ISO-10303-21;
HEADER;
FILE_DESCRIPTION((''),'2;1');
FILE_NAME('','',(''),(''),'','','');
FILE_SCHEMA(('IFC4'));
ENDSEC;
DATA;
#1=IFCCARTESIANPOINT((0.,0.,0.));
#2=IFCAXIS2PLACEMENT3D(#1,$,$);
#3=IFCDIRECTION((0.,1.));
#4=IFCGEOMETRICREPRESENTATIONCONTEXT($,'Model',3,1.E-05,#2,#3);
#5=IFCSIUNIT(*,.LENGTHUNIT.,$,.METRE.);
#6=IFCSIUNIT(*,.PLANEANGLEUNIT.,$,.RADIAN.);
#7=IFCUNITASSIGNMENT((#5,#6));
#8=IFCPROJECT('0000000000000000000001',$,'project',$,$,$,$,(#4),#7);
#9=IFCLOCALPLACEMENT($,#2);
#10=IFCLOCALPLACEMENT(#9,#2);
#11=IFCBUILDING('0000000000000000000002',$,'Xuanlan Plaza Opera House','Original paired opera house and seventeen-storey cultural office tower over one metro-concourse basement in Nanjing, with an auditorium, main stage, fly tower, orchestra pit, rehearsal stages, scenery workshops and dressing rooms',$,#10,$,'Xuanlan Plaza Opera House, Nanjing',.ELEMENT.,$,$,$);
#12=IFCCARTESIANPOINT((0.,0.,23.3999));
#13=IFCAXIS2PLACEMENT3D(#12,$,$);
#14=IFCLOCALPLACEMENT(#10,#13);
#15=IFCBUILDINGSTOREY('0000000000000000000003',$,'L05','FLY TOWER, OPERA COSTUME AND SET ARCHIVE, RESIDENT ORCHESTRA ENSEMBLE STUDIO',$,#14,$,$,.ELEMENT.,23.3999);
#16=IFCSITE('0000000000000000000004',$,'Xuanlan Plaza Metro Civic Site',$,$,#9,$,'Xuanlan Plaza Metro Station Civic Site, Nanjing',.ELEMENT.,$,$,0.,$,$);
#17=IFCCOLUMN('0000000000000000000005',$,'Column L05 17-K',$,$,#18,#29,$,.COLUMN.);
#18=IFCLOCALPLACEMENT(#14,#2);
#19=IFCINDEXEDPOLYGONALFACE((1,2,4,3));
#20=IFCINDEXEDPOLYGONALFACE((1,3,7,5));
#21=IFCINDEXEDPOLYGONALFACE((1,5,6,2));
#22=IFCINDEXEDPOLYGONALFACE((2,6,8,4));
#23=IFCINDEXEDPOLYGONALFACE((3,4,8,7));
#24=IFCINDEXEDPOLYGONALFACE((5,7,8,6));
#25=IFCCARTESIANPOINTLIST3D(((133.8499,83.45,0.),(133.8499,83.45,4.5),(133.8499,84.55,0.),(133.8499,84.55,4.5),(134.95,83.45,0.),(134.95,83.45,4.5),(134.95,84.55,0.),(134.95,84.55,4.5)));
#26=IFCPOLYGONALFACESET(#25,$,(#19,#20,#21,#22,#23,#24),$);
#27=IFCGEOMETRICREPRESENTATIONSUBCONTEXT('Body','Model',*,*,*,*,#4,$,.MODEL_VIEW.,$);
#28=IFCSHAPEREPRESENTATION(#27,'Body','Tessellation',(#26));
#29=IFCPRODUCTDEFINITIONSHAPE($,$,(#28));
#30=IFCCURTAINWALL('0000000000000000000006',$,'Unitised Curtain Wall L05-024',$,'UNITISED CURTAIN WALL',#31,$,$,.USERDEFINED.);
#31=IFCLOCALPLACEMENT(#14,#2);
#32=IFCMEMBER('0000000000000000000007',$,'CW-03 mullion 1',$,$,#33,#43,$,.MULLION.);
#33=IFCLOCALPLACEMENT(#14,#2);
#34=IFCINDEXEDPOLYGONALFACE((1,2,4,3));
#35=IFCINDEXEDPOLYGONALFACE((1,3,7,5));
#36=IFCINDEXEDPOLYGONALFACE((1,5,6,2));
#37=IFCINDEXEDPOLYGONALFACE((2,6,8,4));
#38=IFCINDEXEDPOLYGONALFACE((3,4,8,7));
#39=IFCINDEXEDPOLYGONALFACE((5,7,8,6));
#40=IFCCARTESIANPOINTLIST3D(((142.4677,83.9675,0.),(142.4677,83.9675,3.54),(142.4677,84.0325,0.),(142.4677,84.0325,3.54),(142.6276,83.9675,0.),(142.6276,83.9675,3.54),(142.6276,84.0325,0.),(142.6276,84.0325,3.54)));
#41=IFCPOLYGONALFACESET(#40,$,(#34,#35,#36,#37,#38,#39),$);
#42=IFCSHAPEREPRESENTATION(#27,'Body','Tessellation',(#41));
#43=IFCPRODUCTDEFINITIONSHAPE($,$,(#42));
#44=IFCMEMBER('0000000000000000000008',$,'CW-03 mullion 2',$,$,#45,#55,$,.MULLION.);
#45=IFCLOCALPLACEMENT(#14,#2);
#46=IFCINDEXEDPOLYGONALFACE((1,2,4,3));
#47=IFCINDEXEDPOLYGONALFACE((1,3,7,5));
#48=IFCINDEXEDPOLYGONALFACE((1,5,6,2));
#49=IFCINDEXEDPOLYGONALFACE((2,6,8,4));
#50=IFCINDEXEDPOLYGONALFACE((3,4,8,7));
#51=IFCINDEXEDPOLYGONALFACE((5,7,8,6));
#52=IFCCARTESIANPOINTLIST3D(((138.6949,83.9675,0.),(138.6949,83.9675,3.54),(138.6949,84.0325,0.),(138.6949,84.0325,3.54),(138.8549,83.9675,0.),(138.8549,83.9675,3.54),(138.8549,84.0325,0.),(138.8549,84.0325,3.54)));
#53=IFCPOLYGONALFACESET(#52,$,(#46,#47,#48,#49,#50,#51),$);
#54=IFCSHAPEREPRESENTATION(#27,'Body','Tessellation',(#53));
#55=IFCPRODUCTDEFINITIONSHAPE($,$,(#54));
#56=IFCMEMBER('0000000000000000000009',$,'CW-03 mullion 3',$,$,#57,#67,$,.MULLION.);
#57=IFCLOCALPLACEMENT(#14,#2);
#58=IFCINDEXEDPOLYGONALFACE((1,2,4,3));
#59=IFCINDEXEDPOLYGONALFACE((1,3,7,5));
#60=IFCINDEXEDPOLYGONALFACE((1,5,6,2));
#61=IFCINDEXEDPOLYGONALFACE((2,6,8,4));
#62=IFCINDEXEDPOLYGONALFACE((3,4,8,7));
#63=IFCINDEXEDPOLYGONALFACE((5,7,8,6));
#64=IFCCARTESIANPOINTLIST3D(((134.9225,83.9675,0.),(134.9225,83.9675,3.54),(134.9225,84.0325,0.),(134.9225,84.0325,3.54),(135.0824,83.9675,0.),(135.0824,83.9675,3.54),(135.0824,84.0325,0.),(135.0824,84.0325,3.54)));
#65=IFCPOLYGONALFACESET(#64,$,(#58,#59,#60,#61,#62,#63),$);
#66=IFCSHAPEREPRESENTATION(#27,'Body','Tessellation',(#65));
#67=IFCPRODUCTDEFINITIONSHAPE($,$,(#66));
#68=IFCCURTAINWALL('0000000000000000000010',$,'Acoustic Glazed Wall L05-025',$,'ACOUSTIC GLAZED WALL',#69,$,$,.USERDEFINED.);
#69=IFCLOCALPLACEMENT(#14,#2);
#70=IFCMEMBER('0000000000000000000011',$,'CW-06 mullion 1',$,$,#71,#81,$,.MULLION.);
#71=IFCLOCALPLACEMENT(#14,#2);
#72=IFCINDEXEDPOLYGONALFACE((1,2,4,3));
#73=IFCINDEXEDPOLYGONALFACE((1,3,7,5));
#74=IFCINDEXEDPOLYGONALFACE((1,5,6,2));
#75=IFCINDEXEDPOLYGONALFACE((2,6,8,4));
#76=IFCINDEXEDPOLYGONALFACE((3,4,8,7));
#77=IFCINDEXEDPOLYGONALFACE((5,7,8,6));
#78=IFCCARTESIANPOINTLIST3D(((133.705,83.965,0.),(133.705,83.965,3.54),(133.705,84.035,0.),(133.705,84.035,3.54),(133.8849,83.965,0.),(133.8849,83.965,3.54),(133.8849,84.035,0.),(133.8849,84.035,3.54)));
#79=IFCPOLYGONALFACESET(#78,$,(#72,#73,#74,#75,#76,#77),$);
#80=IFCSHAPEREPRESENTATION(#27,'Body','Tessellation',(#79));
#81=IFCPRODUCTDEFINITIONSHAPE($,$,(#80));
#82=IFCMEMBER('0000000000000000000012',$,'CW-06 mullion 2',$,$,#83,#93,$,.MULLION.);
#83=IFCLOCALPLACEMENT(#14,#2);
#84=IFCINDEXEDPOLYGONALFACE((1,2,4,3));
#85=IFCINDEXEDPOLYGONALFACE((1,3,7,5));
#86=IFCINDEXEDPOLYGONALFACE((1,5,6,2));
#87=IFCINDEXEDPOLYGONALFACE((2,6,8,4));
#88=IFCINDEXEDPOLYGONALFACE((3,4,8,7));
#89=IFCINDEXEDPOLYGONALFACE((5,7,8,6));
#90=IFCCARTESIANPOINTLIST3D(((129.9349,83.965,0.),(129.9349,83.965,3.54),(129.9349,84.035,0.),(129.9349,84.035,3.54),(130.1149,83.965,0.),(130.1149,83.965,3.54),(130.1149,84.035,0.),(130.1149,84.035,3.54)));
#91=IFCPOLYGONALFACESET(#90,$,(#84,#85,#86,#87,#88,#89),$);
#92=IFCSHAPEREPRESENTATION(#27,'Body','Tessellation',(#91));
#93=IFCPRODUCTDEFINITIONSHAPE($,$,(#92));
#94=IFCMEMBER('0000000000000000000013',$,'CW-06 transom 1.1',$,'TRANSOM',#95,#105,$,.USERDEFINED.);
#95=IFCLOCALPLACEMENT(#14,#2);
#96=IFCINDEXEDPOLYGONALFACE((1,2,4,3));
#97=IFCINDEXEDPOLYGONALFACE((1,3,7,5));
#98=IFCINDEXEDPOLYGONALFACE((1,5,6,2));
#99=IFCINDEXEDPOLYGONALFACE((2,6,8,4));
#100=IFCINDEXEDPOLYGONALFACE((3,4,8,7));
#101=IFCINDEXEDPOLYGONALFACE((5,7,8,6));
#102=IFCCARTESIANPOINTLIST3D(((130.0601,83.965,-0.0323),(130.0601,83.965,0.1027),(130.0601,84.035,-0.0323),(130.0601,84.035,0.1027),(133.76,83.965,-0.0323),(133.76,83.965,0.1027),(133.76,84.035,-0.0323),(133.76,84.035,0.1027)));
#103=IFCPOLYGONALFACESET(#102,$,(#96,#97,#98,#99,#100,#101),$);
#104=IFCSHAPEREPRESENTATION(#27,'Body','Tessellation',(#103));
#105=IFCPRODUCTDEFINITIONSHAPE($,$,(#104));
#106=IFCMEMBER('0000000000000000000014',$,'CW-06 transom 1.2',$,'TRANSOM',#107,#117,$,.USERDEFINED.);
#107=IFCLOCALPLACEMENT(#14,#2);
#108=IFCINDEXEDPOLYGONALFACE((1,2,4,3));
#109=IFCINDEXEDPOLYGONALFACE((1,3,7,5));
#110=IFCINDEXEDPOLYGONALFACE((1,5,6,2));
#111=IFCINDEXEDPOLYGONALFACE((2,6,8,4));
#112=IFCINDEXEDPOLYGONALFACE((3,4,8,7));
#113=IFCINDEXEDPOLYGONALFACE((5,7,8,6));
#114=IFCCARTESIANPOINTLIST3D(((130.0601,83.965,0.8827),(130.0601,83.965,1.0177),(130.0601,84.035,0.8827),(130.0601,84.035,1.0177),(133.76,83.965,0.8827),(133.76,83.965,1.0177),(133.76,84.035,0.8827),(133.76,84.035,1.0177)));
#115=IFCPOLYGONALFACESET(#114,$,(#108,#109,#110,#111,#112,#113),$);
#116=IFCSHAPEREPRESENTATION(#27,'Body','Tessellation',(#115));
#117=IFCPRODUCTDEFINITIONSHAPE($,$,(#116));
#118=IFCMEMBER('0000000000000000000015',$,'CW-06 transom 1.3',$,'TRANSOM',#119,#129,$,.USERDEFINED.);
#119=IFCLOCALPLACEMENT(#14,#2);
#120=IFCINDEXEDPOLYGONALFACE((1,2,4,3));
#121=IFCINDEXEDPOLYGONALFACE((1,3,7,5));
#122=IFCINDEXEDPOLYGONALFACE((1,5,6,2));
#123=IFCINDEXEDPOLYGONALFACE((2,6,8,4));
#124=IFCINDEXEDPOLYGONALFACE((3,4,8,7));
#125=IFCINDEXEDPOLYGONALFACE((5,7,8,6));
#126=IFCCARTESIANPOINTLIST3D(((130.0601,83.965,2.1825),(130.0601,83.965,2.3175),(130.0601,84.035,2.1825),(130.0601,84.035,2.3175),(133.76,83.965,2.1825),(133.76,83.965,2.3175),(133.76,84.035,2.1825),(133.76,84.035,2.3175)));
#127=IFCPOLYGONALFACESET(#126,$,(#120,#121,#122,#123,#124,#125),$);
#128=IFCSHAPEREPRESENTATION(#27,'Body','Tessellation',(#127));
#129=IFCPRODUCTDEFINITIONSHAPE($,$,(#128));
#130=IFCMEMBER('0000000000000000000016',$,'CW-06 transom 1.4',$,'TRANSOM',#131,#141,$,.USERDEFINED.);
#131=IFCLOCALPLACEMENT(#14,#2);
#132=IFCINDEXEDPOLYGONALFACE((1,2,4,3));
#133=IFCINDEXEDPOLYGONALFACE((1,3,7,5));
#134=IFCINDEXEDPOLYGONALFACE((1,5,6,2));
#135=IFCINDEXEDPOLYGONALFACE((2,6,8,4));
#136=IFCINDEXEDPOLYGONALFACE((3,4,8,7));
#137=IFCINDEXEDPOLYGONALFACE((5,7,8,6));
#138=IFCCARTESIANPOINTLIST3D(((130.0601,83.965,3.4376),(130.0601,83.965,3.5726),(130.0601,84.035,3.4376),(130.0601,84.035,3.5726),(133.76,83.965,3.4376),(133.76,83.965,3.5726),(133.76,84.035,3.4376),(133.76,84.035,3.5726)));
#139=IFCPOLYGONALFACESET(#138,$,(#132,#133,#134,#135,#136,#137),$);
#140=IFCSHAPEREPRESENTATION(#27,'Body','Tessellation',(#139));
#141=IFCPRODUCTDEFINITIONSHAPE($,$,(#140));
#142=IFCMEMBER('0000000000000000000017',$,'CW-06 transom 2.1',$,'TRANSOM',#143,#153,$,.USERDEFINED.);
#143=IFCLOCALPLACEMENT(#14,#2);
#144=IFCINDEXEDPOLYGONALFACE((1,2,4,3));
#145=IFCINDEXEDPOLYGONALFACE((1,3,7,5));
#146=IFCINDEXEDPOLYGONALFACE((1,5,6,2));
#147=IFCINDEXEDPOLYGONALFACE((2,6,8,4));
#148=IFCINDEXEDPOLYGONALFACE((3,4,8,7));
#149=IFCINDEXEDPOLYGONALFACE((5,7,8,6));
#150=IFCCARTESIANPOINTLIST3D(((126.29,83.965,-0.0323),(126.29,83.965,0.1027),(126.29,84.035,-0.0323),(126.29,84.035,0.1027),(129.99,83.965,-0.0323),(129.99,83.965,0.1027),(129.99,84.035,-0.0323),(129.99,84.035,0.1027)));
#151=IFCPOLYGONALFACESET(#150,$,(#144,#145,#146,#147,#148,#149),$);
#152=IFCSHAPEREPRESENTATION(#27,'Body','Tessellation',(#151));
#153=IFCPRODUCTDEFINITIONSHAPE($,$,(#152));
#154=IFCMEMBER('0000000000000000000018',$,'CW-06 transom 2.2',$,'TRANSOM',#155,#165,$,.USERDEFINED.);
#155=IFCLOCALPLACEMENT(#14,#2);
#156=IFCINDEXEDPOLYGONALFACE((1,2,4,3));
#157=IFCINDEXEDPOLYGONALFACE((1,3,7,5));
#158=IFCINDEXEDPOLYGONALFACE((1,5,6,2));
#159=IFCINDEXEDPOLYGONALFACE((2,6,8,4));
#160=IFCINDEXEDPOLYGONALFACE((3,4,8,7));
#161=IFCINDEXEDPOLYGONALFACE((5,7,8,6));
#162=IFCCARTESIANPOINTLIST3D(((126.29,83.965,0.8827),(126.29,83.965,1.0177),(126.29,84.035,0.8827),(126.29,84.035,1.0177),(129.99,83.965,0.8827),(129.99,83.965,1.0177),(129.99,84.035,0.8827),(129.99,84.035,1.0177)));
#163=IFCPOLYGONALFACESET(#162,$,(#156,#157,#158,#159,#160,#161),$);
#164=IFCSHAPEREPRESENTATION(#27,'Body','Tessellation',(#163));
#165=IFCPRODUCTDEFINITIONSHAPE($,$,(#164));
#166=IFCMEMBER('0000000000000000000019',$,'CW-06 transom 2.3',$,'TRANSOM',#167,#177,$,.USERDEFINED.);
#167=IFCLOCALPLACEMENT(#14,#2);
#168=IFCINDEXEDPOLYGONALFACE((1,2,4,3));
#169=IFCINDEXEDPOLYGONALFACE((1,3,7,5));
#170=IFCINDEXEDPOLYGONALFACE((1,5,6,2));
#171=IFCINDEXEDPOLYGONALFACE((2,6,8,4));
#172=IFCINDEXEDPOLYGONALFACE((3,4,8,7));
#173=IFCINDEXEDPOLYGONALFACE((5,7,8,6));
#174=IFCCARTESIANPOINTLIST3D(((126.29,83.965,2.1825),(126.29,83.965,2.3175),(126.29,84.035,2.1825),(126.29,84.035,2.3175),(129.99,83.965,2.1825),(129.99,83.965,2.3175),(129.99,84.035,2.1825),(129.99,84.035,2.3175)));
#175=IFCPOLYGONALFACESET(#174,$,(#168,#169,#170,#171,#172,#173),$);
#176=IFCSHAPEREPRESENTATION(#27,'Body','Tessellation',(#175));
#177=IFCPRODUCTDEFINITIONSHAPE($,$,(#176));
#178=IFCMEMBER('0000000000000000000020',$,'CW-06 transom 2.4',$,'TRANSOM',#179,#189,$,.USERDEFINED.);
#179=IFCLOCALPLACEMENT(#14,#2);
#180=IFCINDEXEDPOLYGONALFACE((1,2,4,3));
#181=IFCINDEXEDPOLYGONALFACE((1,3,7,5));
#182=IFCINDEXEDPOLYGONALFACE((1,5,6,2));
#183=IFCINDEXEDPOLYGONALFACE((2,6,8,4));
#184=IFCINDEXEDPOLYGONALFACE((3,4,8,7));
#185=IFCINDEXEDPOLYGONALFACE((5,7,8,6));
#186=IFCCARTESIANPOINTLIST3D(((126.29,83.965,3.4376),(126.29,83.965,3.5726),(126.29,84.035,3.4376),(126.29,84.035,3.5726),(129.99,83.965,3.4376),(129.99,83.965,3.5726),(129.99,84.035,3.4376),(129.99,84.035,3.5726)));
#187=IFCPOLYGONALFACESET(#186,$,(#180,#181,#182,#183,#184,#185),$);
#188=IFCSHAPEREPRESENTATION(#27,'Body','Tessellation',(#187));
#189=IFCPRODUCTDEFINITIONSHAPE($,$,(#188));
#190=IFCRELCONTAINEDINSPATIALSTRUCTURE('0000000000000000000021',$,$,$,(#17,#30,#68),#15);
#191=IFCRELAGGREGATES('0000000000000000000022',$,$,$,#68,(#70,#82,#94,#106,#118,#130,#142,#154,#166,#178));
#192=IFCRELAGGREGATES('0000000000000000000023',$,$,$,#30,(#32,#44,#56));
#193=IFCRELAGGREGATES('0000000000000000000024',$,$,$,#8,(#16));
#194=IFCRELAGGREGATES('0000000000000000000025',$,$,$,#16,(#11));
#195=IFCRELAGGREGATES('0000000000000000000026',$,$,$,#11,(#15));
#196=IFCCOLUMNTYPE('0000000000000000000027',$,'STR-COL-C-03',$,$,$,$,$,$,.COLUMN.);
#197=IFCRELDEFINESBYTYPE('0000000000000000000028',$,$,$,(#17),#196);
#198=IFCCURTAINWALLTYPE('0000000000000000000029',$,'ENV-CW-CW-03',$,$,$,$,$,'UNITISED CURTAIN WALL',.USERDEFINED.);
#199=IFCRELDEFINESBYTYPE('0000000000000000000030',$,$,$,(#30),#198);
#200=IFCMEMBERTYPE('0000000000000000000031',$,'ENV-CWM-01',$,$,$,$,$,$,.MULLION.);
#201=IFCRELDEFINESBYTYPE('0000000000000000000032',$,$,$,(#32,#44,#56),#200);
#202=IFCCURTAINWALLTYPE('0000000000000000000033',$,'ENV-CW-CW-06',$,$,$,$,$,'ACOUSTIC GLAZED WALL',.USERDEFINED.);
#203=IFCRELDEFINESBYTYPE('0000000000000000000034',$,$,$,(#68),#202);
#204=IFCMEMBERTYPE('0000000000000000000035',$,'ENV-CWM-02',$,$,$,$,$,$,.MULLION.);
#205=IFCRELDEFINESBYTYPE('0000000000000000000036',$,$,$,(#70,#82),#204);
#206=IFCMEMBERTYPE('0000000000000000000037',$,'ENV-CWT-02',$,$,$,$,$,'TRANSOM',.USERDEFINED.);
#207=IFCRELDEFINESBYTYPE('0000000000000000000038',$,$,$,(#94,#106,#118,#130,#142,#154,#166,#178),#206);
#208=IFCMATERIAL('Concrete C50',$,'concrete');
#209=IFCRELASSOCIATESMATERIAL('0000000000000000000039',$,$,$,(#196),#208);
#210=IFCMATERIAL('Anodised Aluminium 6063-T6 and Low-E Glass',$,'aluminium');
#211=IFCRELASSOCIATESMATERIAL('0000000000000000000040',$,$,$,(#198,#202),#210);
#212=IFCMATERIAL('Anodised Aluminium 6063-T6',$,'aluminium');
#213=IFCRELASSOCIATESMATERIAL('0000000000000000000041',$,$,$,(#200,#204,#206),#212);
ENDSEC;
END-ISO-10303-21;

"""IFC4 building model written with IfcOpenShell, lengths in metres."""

from ifc_helpers import new_model, si_unit, direction, frame, origin, origin_2d, place, context, subcontext, project, spatial, rectangle, extrude, material, material_profile, profile_set, type_object, element, aggregate, save


model = new_model("IFC4")

# Units and contexts
model_context = context("Model", 3, precision=1e-05, world=origin(), true_north=direction((0.0, 1.0)))
body_context = subcontext(model_context, "Body", "Model", "MODEL_VIEW")
ifc_project = project(units=[si_unit("LENGTHUNIT", "METRE"), si_unit("PLANEANGLEUNIT", "RADIAN")], contexts=[model_context])

# Site, building, storey
site_placement = place(None, origin())
site = spatial("IfcSite", under=ifc_project, at=site_placement, Name="Xuanlan Plaza Metro Civic Site", LongName="Xuanlan Plaza Metro Station Civic Site, Nanjing", CompositionType="ELEMENT", RefElevation=0.0)
building_placement = place(site_placement, origin())
building = spatial("IfcBuilding", under=site, at=building_placement, Name="Xuanlan Plaza Opera House", Description="Original paired opera house and seventeen-storey cultural office tower over one metro-concourse basement in Nanjing, with an auditorium, main stage, fly tower, orchestra pit, rehearsal stages, scenery workshops and dressing rooms", LongName="Xuanlan Plaza Opera House, Nanjing", CompositionType="ELEMENT")
storey_placement = place(building_placement, frame((0.0, 0.0, 23.3999)))
storey = spatial("IfcBuildingStorey", under=building, at=storey_placement, Name="L05", Description="FLY TOWER, OPERA COSTUME AND SET ARCHIVE, RESIDENT ORCHESTRA ENSEMBLE STUDIO", CompositionType="ELEMENT", Elevation=23.3999)

# Column
ifc_material_1 = material(Name="Concrete C50", Category="concrete")
ifc_material_profile_1 = material_profile(ifc_material_1, rectangle(XDim=1.1001, YDim=1.1001, at=origin_2d()), Name="RC-COL 1100x1100")
ifc_profile_set_1 = profile_set([ifc_material_profile_1], Name="Concrete C50")
column_type = type_object("IfcColumnType", Name="STR-COL-C-03", PredefinedType="COLUMN", material=ifc_profile_set_1)
column_placement = place(storey_placement, frame((134.3999, 84.0, 0.0), z_axis=(0.0, 0.0, 1.0), x_axis=(1.0, 0.0, 0.0)))
element("IfcColumn", 1, at=column_placement, inside=storey, type_object=column_type, Name="Column L05 17-K", PredefinedType="COLUMN", context=body_context, shape_type="SweptSolid", body=[
    extrude(rectangle(XDim=1.1001, YDim=1.1001, at=origin_2d()), origin(), (0.0, 0.0, 1.0), 4.5),
])

# Curtain walls, members
ifc_material_2 = material(Name="Anodised Aluminium 6063-T6 and Low-E Glass", Category="aluminium")
curtain_wall_type_1 = type_object("IfcCurtainWallType", Name="ENV-CW-CW-03", ElementType="UNITISED CURTAIN WALL", PredefinedType="USERDEFINED", material=ifc_material_2)
curtain_wall_1_placement = place(storey_placement, origin())
curtain_wall_1 = element("IfcCurtainWall", 2, at=curtain_wall_1_placement, inside=storey, type_object=curtain_wall_type_1, Name="Unitised Curtain Wall L05-024", ObjectType="UNITISED CURTAIN WALL", PredefinedType="USERDEFINED")
ifc_material_3 = material(Name="Anodised Aluminium 6063-T6", Category="aluminium")
ifc_material_profile_2 = material_profile(ifc_material_3, rectangle(XDim=0.0649, YDim=0.1599, at=origin_2d()), Name="ALU-M 65x160")
ifc_profile_set_2 = profile_set([ifc_material_profile_2], Name="Anodised Aluminium 6063-T6")
member_type_1 = type_object("IfcMemberType", Name="ENV-CWM-01", PredefinedType="MULLION", material=ifc_profile_set_2)
member_1_placement = place(storey_placement, frame((142.5476, 84.0, 0.0), z_axis=(0.0, 0.0, 1.0), x_axis=(0.0, -1.0, 0.0)))
member_1 = element("IfcMember", 3, at=member_1_placement, type_object=member_type_1, Name="CW-03 mullion 1", PredefinedType="MULLION", context=body_context, shape_type="SweptSolid", body=[
    extrude(rectangle(XDim=0.0649, YDim=0.1599, at=origin_2d()), origin(), (0.0, 0.0, 1.0), 3.54),
])
member_2_placement = place(storey_placement, frame((138.7749, 84.0, 0.0), z_axis=(0.0, 0.0, 1.0), x_axis=(0.0, -1.0, 0.0)))
member_2 = element("IfcMember", 4, at=member_2_placement, type_object=member_type_1, Name="CW-03 mullion 2", PredefinedType="MULLION", context=body_context, shape_type="SweptSolid", body=[
    extrude(rectangle(XDim=0.0649, YDim=0.1599, at=origin_2d()), origin(), (0.0, 0.0, 1.0), 3.54),
])
member_3_placement = place(storey_placement, frame((135.0024, 84.0, 0.0), z_axis=(0.0, 0.0, 1.0), x_axis=(0.0, -1.0, 0.0)))
member_3 = element("IfcMember", 5, at=member_3_placement, type_object=member_type_1, Name="CW-03 mullion 3", PredefinedType="MULLION", context=body_context, shape_type="SweptSolid", body=[
    extrude(rectangle(XDim=0.0649, YDim=0.1599, at=origin_2d()), origin(), (0.0, 0.0, 1.0), 3.54),
])
curtain_wall_type_2 = type_object("IfcCurtainWallType", Name="ENV-CW-CW-06", ElementType="ACOUSTIC GLAZED WALL", PredefinedType="USERDEFINED", material=ifc_material_2)
curtain_wall_2_placement = place(storey_placement, origin())
curtain_wall_2 = element("IfcCurtainWall", 6, at=curtain_wall_2_placement, inside=storey, type_object=curtain_wall_type_2, Name="Acoustic Glazed Wall L05-025", ObjectType="ACOUSTIC GLAZED WALL", PredefinedType="USERDEFINED")
ifc_material_profile_3 = material_profile(ifc_material_3, rectangle(XDim=0.0701, YDim=0.1799, at=origin_2d()), Name="ALU-M 70x180")
ifc_profile_set_3 = profile_set([ifc_material_profile_3], Name="Anodised Aluminium 6063-T6")
member_type_2 = type_object("IfcMemberType", Name="ENV-CWM-02", PredefinedType="MULLION", material=ifc_profile_set_3)
member_4_placement = place(storey_placement, frame((133.7949, 84.0, 0.0), z_axis=(0.0, 0.0, 1.0), x_axis=(0.0, -1.0, 0.0)))
member_4 = element("IfcMember", 7, at=member_4_placement, type_object=member_type_2, Name="CW-06 mullion 1", PredefinedType="MULLION", context=body_context, shape_type="SweptSolid", body=[
    extrude(rectangle(XDim=0.0701, YDim=0.1799, at=origin_2d()), origin(), (0.0, 0.0, 1.0), 3.54),
])
member_5_placement = place(storey_placement, frame((130.0249, 84.0, 0.0), z_axis=(0.0, 0.0, 1.0), x_axis=(0.0, -1.0, 0.0)))
member_5 = element("IfcMember", 8, at=member_5_placement, type_object=member_type_2, Name="CW-06 mullion 2", PredefinedType="MULLION", context=body_context, shape_type="SweptSolid", body=[
    extrude(rectangle(XDim=0.0701, YDim=0.1799, at=origin_2d()), origin(), (0.0, 0.0, 1.0), 3.54),
])
ifc_material_profile_4 = material_profile(ifc_material_3, rectangle(XDim=0.0701, YDim=0.135, at=origin_2d()), Name="ALU-T 70x135")
ifc_profile_set_4 = profile_set([ifc_material_profile_4], Name="Anodised Aluminium 6063-T6")
member_type_3 = type_object("IfcMemberType", Name="ENV-CWT-02", ElementType="TRANSOM", PredefinedType="USERDEFINED", material=ifc_profile_set_4)
member_6_placement = place(storey_placement, frame((133.76, 84.0, 0.0352), z_axis=(-1.0, 0.0, 0.0), x_axis=(0.0, -1.0, 0.0)))
member_6 = element("IfcMember", 9, at=member_6_placement, type_object=member_type_3, Name="CW-06 transom 1.1", ObjectType="TRANSOM", PredefinedType="USERDEFINED", context=body_context, shape_type="SweptSolid", body=[
    extrude(rectangle(XDim=0.0701, YDim=0.135, at=origin_2d()), origin(), (0.0, 0.0, 1.0), 3.7),
])
member_7_placement = place(storey_placement, frame((133.76, 84.0, 0.9502), z_axis=(-1.0, 0.0, 0.0), x_axis=(0.0, -1.0, 0.0)))
member_7 = element("IfcMember", 10, at=member_7_placement, type_object=member_type_3, Name="CW-06 transom 1.2", ObjectType="TRANSOM", PredefinedType="USERDEFINED", context=body_context, shape_type="SweptSolid", body=[
    extrude(rectangle(XDim=0.0701, YDim=0.135, at=origin_2d()), origin(), (0.0, 0.0, 1.0), 3.7),
])
member_8_placement = place(storey_placement, frame((133.76, 84.0, 2.25), z_axis=(-1.0, 0.0, 0.0), x_axis=(0.0, -1.0, 0.0)))
member_8 = element("IfcMember", 11, at=member_8_placement, type_object=member_type_3, Name="CW-06 transom 1.3", ObjectType="TRANSOM", PredefinedType="USERDEFINED", context=body_context, shape_type="SweptSolid", body=[
    extrude(rectangle(XDim=0.0701, YDim=0.135, at=origin_2d()), origin(), (0.0, 0.0, 1.0), 3.7),
])
member_9_placement = place(storey_placement, frame((133.76, 84.0, 3.5051), z_axis=(-1.0, 0.0, 0.0), x_axis=(0.0, -1.0, 0.0)))
member_9 = element("IfcMember", 12, at=member_9_placement, type_object=member_type_3, Name="CW-06 transom 1.4", ObjectType="TRANSOM", PredefinedType="USERDEFINED", context=body_context, shape_type="SweptSolid", body=[
    extrude(rectangle(XDim=0.0701, YDim=0.135, at=origin_2d()), origin(), (0.0, 0.0, 1.0), 3.7),
])
member_10_placement = place(storey_placement, frame((129.99, 84.0, 0.0352), z_axis=(-1.0, 0.0, 0.0), x_axis=(0.0, -1.0, 0.0)))
member_10 = element("IfcMember", 13, at=member_10_placement, type_object=member_type_3, Name="CW-06 transom 2.1", ObjectType="TRANSOM", PredefinedType="USERDEFINED", context=body_context, shape_type="SweptSolid", body=[
    extrude(rectangle(XDim=0.0701, YDim=0.135, at=origin_2d()), origin(), (0.0, 0.0, 1.0), 3.7),
])
member_11_placement = place(storey_placement, frame((129.99, 84.0, 0.9502), z_axis=(-1.0, 0.0, 0.0), x_axis=(0.0, -1.0, 0.0)))
member_11 = element("IfcMember", 14, at=member_11_placement, type_object=member_type_3, Name="CW-06 transom 2.2", ObjectType="TRANSOM", PredefinedType="USERDEFINED", context=body_context, shape_type="SweptSolid", body=[
    extrude(rectangle(XDim=0.0701, YDim=0.135, at=origin_2d()), origin(), (0.0, 0.0, 1.0), 3.7),
])
member_12_placement = place(storey_placement, frame((129.99, 84.0, 2.25), z_axis=(-1.0, 0.0, 0.0), x_axis=(0.0, -1.0, 0.0)))
member_12 = element("IfcMember", 15, at=member_12_placement, type_object=member_type_3, Name="CW-06 transom 2.3", ObjectType="TRANSOM", PredefinedType="USERDEFINED", context=body_context, shape_type="SweptSolid", body=[
    extrude(rectangle(XDim=0.0701, YDim=0.135, at=origin_2d()), origin(), (0.0, 0.0, 1.0), 3.7),
])
member_13_placement = place(storey_placement, frame((129.99, 84.0, 3.5051), z_axis=(-1.0, 0.0, 0.0), x_axis=(0.0, -1.0, 0.0)))
member_13 = element("IfcMember", 16, at=member_13_placement, type_object=member_type_3, Name="CW-06 transom 2.4", ObjectType="TRANSOM", PredefinedType="USERDEFINED", context=body_context, shape_type="SweptSolid", body=[
    extrude(rectangle(XDim=0.0701, YDim=0.135, at=origin_2d()), origin(), (0.0, 0.0, 1.0), 3.7),
])

aggregate(curtain_wall_2, [member_4, member_5, member_6, member_7, member_8, member_9, member_10, member_11, member_12, member_13])
aggregate(curtain_wall_1, [member_1, member_2, member_3])

save(model, "model.ifc")
